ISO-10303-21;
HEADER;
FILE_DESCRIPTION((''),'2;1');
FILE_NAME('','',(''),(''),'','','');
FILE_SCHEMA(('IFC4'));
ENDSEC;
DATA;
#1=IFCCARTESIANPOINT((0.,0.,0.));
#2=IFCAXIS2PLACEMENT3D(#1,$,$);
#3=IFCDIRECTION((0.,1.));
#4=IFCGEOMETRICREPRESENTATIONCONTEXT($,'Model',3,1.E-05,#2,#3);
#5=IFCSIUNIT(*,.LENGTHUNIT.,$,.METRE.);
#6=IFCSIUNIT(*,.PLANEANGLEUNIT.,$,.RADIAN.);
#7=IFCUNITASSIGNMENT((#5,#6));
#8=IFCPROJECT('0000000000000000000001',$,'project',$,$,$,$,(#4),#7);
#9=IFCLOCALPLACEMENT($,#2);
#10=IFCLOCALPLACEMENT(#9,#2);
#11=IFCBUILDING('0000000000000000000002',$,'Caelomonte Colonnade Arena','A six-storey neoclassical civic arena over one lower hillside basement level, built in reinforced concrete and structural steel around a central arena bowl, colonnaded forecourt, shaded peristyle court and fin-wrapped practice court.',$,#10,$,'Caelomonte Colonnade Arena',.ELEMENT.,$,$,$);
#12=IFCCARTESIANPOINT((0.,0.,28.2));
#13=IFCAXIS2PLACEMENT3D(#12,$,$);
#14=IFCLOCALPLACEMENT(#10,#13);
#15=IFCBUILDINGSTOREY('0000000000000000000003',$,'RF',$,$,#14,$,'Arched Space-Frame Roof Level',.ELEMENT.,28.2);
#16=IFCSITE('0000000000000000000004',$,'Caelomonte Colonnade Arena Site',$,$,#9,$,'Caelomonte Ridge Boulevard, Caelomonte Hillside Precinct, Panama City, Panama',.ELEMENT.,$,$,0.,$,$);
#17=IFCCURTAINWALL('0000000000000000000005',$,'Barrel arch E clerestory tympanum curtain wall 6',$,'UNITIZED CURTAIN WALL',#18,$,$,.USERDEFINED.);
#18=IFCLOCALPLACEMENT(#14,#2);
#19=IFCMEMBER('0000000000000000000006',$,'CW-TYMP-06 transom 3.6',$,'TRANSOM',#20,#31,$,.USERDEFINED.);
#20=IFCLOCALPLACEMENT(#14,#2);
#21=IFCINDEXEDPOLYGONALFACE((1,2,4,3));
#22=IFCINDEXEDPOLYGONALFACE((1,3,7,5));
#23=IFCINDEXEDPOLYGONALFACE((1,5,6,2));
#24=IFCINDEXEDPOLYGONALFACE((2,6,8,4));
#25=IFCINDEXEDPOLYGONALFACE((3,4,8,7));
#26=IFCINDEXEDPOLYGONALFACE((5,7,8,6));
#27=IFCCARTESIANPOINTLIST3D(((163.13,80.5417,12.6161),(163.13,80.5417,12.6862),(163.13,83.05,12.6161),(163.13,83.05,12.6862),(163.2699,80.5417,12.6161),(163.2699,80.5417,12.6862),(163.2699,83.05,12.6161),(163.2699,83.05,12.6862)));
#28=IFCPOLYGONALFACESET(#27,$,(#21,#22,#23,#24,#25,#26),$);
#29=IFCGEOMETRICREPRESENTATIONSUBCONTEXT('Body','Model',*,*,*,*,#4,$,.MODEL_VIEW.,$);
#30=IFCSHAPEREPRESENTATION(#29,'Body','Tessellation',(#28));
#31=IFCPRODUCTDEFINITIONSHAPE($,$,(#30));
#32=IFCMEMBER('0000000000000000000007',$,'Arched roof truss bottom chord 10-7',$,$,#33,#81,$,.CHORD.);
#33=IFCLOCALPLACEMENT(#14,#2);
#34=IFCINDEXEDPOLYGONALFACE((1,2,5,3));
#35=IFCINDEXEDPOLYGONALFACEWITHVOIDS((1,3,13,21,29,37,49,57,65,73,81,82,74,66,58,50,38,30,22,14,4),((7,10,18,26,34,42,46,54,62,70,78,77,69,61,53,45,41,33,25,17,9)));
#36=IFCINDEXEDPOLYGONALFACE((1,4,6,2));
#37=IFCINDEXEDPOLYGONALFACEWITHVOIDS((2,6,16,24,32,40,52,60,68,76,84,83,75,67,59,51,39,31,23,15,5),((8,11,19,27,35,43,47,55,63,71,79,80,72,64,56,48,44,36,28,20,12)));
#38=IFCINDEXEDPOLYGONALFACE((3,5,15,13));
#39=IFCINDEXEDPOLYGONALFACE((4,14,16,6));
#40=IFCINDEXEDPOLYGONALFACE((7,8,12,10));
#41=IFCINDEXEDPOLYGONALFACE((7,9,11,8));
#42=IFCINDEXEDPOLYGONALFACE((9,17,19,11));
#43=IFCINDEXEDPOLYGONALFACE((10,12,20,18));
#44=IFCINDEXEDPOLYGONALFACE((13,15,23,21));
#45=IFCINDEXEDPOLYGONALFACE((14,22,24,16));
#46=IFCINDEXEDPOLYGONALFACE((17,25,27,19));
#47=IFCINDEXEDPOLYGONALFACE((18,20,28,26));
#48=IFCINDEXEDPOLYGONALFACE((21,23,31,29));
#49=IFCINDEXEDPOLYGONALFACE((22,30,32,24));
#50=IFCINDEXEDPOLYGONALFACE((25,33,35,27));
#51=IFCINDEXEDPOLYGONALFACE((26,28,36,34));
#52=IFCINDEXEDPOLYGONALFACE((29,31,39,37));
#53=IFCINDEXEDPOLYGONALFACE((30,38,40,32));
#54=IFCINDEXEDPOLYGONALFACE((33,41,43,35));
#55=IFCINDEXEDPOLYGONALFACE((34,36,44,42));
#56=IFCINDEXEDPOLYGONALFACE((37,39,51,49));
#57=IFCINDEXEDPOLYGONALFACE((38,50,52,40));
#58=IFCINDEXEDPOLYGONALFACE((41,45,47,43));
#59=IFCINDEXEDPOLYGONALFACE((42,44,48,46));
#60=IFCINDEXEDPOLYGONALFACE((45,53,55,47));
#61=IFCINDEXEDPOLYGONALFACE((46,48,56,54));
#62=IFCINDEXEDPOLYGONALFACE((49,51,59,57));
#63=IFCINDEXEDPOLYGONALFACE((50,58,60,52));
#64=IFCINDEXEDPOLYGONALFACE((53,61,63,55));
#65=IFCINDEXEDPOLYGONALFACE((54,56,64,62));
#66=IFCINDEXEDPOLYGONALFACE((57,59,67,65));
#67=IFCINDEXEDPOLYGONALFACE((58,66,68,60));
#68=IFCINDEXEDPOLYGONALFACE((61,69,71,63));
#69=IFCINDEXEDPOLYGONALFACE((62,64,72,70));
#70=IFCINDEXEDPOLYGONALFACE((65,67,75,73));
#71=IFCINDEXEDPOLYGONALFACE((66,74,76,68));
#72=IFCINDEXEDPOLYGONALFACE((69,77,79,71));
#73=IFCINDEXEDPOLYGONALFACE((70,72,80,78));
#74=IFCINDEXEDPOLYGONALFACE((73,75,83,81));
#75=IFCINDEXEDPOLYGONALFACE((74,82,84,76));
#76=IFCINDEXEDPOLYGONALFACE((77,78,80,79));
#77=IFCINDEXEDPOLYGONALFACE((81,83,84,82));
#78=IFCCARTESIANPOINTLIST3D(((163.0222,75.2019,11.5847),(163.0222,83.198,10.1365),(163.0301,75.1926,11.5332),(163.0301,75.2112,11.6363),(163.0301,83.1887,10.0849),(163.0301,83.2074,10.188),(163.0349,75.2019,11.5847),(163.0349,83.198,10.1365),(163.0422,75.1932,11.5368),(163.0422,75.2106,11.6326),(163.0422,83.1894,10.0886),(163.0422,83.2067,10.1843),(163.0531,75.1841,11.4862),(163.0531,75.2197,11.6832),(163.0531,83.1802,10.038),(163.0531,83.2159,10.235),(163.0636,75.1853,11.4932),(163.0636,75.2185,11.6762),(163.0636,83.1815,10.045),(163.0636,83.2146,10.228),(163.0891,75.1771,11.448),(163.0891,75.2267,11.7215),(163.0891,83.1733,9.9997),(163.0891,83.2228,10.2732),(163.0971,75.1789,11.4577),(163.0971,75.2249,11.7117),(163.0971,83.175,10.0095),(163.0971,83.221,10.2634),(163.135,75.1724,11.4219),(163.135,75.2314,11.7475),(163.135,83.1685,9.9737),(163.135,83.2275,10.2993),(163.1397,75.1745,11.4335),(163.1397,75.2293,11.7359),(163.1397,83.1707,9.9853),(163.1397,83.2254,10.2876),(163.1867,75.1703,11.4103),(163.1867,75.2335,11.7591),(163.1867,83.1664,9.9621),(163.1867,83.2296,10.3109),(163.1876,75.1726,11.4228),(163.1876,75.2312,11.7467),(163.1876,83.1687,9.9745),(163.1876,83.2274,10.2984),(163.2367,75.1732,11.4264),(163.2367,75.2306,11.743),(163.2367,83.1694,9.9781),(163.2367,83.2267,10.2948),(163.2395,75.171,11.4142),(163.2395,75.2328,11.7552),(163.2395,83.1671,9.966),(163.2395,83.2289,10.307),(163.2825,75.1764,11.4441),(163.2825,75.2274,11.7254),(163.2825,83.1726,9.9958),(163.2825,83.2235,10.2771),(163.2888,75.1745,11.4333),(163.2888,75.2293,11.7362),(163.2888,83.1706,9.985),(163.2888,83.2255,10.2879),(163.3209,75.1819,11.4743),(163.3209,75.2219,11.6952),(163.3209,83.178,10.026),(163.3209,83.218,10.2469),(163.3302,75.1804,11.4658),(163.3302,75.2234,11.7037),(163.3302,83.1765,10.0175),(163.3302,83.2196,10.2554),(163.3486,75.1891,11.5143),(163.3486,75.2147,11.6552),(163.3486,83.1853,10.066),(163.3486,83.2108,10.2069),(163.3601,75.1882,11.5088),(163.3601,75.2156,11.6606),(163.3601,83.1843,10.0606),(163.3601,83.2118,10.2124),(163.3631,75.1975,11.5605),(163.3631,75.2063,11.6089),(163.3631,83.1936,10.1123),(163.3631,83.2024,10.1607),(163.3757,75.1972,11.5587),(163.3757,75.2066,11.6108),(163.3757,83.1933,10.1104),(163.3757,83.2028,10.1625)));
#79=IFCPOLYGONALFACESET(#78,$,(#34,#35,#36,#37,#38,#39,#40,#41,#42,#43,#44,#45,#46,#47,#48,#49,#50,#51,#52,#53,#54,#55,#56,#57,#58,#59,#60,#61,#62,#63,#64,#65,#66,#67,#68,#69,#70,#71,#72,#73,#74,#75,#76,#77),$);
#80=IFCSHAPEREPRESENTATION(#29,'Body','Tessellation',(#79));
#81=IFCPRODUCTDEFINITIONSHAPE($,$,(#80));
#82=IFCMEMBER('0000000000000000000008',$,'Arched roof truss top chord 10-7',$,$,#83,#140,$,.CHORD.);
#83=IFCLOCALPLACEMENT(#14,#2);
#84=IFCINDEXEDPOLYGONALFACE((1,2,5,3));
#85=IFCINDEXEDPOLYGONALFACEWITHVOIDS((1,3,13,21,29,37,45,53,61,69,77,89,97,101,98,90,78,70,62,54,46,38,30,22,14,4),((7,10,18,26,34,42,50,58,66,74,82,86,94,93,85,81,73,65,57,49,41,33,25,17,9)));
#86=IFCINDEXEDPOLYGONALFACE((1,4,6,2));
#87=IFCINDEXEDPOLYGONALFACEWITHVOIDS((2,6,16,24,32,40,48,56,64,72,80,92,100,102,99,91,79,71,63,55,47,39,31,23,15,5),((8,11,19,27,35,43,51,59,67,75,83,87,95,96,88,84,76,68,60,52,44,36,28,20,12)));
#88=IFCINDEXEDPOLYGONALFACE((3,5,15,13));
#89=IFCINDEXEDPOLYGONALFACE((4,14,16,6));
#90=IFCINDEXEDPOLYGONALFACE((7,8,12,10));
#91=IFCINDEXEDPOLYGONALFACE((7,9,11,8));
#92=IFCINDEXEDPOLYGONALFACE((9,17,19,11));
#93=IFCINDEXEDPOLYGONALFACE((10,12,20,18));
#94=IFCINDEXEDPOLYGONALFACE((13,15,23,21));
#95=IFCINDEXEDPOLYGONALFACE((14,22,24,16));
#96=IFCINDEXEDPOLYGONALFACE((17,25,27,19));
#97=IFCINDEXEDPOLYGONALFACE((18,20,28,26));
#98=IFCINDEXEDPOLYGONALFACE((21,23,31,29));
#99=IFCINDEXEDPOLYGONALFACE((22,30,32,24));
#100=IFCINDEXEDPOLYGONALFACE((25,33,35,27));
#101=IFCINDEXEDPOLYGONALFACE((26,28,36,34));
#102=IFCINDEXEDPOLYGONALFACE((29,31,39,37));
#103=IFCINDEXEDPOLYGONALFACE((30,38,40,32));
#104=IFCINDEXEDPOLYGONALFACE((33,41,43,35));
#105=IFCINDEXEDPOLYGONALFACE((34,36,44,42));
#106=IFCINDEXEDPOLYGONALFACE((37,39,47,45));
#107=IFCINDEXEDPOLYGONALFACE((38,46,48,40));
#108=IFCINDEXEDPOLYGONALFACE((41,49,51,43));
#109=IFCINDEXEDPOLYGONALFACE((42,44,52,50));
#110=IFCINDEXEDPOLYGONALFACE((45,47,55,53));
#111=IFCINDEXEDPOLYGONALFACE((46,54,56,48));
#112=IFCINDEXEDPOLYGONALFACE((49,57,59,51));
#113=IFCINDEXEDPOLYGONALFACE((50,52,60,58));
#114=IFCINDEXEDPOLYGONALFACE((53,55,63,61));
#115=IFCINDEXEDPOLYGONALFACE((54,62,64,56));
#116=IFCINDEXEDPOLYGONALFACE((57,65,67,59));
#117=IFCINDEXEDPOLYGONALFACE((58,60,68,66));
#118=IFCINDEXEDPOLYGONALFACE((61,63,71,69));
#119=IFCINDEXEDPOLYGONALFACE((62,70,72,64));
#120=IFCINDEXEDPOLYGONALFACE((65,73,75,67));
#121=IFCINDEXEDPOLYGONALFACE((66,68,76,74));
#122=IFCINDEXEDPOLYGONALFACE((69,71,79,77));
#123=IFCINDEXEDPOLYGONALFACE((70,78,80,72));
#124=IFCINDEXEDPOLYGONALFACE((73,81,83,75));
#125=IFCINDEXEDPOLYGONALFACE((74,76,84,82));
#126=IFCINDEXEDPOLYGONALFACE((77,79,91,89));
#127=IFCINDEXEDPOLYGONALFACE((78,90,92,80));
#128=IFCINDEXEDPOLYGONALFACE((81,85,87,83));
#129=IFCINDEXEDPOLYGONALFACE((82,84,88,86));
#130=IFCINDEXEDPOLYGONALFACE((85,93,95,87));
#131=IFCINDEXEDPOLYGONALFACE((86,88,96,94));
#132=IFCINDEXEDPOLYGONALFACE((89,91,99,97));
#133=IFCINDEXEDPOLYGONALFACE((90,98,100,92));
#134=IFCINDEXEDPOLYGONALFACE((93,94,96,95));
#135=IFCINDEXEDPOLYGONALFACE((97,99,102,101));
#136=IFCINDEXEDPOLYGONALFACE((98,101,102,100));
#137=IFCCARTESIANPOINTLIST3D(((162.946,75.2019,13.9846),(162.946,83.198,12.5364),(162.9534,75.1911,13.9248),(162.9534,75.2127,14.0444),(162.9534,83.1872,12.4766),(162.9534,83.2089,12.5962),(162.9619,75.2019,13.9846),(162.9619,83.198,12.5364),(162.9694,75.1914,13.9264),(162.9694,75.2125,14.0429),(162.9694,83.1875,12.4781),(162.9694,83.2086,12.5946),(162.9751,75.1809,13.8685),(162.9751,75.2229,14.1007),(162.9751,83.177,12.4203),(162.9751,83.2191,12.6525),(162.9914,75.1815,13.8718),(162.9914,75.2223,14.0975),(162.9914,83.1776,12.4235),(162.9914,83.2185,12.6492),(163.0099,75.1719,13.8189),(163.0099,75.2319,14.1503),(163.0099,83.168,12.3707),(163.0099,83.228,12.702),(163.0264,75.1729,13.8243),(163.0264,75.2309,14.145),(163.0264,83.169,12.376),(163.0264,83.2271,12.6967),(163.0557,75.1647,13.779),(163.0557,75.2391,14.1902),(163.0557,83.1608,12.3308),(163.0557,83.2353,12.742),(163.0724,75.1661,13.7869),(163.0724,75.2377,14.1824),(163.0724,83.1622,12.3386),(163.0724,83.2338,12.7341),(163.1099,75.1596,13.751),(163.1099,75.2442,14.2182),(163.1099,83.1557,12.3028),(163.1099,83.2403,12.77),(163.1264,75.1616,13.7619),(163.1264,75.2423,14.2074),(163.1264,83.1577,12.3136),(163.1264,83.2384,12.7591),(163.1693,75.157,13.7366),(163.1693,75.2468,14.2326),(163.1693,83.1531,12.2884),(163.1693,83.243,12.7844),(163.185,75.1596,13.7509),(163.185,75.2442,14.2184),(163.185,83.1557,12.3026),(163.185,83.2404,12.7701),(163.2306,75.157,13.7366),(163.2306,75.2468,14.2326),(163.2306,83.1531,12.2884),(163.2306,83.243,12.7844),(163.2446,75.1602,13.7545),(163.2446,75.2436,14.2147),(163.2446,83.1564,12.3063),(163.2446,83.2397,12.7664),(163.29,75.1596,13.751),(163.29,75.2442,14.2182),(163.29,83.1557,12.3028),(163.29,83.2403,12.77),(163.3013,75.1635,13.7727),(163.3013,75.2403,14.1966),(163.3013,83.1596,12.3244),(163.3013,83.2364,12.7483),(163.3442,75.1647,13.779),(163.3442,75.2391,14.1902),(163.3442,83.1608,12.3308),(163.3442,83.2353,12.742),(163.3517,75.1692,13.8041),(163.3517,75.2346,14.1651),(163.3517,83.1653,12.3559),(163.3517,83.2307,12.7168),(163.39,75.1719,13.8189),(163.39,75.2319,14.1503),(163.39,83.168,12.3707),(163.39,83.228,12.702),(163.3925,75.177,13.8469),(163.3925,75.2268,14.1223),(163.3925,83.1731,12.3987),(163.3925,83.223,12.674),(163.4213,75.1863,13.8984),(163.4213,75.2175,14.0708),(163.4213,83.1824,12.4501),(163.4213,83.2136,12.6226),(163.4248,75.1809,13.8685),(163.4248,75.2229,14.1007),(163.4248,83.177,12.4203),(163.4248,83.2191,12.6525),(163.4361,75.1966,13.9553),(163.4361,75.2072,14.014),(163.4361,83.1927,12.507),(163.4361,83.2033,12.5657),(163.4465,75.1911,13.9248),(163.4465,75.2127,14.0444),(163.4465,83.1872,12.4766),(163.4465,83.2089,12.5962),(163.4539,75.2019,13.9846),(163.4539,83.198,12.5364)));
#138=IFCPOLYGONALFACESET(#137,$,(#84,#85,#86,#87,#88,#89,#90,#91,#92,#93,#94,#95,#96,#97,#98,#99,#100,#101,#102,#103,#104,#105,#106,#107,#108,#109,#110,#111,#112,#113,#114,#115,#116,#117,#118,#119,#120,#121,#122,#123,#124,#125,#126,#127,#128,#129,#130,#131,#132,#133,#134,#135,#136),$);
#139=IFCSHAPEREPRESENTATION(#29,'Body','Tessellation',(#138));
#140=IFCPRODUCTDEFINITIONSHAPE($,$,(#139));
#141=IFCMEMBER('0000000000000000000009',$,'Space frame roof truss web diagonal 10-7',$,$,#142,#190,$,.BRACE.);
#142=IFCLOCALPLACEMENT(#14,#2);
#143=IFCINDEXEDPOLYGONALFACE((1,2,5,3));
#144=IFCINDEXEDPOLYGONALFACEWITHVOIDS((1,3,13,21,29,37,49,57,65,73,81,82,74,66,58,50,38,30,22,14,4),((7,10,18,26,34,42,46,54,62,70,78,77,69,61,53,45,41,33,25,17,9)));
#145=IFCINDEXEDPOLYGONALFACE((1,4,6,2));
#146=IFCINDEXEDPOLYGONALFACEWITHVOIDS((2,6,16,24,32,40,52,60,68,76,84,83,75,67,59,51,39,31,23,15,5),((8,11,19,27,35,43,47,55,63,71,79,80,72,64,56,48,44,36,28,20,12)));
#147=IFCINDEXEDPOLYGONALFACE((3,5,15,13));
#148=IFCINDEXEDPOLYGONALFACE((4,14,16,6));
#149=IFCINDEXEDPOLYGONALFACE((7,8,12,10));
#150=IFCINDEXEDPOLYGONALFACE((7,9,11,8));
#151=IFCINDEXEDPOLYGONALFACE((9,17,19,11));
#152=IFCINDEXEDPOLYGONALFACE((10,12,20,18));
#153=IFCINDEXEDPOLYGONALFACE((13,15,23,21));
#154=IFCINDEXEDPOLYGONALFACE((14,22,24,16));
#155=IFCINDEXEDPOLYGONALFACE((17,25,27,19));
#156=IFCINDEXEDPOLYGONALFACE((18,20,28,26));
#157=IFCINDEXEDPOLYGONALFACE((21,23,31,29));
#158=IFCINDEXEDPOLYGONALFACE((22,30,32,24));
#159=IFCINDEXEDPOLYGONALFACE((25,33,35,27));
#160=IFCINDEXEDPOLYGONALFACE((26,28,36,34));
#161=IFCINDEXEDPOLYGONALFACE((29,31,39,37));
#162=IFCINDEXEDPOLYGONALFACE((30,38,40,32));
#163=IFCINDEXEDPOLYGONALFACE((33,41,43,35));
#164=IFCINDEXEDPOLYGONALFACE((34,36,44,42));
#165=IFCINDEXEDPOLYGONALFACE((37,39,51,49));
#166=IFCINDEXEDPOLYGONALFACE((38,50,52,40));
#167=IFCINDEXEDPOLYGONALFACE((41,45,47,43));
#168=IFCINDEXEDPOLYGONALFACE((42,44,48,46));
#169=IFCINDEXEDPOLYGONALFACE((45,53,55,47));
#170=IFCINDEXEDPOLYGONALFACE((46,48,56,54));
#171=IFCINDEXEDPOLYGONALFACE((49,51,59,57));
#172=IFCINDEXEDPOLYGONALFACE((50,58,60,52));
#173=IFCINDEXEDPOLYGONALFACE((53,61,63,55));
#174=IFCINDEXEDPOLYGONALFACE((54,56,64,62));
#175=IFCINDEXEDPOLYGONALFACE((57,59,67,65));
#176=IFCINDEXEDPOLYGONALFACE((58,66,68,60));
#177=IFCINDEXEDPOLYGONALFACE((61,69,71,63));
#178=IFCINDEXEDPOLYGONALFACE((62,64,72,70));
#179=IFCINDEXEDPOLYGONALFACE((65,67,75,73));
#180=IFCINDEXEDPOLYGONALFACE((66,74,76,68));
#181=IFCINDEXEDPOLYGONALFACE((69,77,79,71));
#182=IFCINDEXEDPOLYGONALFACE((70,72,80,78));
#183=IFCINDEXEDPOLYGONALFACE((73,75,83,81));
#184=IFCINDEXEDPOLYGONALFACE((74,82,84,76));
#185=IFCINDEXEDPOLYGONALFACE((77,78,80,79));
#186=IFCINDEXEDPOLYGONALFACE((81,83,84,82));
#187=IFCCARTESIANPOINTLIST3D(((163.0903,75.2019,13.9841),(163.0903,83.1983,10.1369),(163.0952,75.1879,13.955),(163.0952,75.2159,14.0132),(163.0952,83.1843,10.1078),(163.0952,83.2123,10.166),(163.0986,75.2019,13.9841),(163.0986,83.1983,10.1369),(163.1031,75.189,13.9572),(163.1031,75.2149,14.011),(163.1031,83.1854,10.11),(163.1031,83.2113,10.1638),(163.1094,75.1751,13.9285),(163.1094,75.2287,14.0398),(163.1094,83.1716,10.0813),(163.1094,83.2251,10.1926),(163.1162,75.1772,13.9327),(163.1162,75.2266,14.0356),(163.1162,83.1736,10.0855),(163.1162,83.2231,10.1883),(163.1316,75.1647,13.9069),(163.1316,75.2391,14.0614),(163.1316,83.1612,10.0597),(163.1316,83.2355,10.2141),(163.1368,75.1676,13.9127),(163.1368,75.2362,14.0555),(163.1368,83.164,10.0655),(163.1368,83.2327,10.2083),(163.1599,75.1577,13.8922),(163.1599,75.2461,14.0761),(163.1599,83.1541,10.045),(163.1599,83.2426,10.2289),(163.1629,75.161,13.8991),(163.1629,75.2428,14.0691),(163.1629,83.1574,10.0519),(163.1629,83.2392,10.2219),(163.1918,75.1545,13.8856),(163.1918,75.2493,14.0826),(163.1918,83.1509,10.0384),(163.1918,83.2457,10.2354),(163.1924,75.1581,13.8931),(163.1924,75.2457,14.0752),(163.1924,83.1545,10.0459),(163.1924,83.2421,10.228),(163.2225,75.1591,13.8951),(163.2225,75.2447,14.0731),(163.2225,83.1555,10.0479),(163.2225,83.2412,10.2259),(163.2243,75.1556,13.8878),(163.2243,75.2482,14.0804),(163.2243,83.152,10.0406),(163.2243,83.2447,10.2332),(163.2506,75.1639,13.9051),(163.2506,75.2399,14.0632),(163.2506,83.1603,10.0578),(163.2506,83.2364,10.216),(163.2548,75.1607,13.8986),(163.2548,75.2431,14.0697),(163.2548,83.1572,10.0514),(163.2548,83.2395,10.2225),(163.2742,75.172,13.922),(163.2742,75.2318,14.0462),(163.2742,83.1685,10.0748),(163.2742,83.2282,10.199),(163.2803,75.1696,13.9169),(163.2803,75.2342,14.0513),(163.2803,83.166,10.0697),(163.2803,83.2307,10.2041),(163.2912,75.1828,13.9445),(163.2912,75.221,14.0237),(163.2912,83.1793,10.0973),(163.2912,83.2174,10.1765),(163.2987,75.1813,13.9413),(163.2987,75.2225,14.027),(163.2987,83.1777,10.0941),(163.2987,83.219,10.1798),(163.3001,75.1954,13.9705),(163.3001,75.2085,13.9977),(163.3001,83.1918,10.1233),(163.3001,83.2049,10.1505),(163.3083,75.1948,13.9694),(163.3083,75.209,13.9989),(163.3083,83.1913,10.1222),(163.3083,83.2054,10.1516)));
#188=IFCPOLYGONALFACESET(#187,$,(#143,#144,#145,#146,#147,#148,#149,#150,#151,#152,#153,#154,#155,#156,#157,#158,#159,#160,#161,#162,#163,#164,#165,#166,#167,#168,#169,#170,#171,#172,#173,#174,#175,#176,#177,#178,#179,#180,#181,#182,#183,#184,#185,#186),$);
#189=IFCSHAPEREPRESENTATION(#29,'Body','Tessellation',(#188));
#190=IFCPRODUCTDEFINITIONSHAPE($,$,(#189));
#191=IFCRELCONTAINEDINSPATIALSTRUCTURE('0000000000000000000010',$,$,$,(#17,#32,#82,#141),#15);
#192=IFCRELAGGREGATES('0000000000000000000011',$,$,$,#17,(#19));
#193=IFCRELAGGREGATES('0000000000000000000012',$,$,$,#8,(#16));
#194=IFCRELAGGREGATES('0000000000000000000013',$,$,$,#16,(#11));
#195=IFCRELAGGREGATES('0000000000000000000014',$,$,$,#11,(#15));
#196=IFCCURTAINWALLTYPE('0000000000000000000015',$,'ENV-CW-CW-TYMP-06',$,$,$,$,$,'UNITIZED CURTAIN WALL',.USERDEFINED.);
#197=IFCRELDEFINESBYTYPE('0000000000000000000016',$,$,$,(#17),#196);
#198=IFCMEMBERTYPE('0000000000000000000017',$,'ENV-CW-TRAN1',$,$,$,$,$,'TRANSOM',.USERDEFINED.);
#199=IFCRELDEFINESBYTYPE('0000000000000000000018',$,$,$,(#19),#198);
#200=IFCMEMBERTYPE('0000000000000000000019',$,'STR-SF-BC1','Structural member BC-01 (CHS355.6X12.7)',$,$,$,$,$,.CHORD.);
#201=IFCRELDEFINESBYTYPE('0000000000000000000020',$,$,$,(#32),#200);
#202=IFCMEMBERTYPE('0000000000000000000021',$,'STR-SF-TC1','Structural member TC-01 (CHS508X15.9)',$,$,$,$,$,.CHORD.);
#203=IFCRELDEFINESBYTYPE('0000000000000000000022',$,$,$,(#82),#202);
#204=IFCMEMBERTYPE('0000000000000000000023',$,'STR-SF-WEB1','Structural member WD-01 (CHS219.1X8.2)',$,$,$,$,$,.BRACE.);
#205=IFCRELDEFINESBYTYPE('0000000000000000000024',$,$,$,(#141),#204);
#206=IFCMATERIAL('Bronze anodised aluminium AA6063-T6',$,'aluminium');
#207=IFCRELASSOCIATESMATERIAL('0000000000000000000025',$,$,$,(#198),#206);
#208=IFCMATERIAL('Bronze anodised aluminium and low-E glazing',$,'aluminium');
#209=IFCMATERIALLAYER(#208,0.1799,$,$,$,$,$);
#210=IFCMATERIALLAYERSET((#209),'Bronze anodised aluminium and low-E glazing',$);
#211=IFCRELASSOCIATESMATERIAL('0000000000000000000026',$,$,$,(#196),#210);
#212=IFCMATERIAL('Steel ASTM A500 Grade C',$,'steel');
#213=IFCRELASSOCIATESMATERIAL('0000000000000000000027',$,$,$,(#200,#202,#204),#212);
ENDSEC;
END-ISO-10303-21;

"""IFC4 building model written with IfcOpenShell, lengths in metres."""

from ifc_helpers import new_model, si_unit, direction, frame, origin, origin_2d, place, context, subcontext, project, spatial, rectangle, hollow_circle, extrude, material, layer, layer_set, material_profile, profile_set, type_object, element, aggregate, save


model = new_model("IFC4")

# Units and contexts
model_context = context("Model", 3, precision=1e-05, world=origin(), true_north=direction((0.0, 1.0)))
body_context = subcontext(model_context, "Body", "Model", "MODEL_VIEW")
ifc_project = project(units=[si_unit("LENGTHUNIT", "METRE"), si_unit("PLANEANGLEUNIT", "RADIAN")], contexts=[model_context])

# Site, building, storey
site_placement = place(None, origin())
site = spatial("IfcSite", under=ifc_project, at=site_placement, Name="Caelomonte Colonnade Arena Site", LongName="Caelomonte Ridge Boulevard, Caelomonte Hillside Precinct, Panama City, Panama", CompositionType="ELEMENT", RefElevation=0.0)
building_placement = place(site_placement, origin())
building = spatial("IfcBuilding", under=site, at=building_placement, Name="Caelomonte Colonnade Arena", Description="A six-storey neoclassical civic arena over one lower hillside basement level, built in reinforced concrete and structural steel around a central arena bowl, colonnaded forecourt, shaded peristyle court and fin-wrapped practice court.", LongName="Caelomonte Colonnade Arena", CompositionType="ELEMENT")
storey_placement = place(building_placement, frame((0.0, 0.0, 28.2)))
storey = spatial("IfcBuildingStorey", under=building, at=storey_placement, Name="RF", LongName="Arched Space-Frame Roof Level", CompositionType="ELEMENT", Elevation=28.2)

# Curtain wall, member
ifc_material_1 = material(Name="Bronze anodised aluminium and low-E glazing", Category="aluminium")
ifc_material_2 = material(Name="Bronze anodised aluminium AA6063-T6", Category="aluminium")
ifc_material_profile_1 = material_profile(ifc_material_2, rectangle(XDim=0.0701, YDim=0.1399, at=origin_2d()), Name="CWT-70X140")
ifc_profile_set_1 = profile_set([ifc_material_profile_1], Name="Bronze anodised aluminium AA6063-T6")
member_type_1 = type_object("IfcMemberType", Name="ENV-CW-TRAN1", ElementType="TRANSOM", PredefinedType="USERDEFINED", material=ifc_profile_set_1)
ifc_layer_1 = layer(ifc_material_1, 0.1799)
ifc_layer_set_1 = layer_set([ifc_layer_1], Name="Bronze anodised aluminium and low-E glazing")
curtain_wall_type_1 = type_object("IfcCurtainWallType", Name="ENV-CW-CW-TYMP-06", ElementType="UNITIZED CURTAIN WALL", PredefinedType="USERDEFINED", material=ifc_layer_set_1)
curtain_wall_1_placement = place(storey_placement, origin())
curtain_wall_1 = element("IfcCurtainWall", 1, at=curtain_wall_1_placement, inside=storey, type_object=curtain_wall_type_1, Name="Barrel arch E clerestory tympanum curtain wall 6", ObjectType="UNITIZED CURTAIN WALL", PredefinedType="USERDEFINED")
member_1_placement = place(storey_placement, frame((163.2, 80.5417, 12.6511), z_axis=(0.0, 1.0, 0.0), x_axis=(0.0, 0.0, 1.0)))
member_1 = element("IfcMember", 2, at=member_1_placement, type_object=member_type_1, Name="CW-TYMP-06 transom 3.6", ObjectType="TRANSOM", PredefinedType="USERDEFINED", context=body_context, shape_type="SweptSolid", body=[
    extrude(rectangle(XDim=0.0701, YDim=0.1399, at=origin_2d()), origin(), (0.0, 0.0, 1.0), 2.5083),
])

# Members
ifc_material_3 = material(Name="Steel ASTM A500 Grade C", Category="steel")
ifc_material_profile_2 = material_profile(ifc_material_3, hollow_circle(Radius=0.1777, WallThickness=0.0127, at=origin_2d()), Name="CHS355.6X12.7")
ifc_profile_set_2 = profile_set([ifc_material_profile_2], Name="Steel ASTM A500 Grade C")
member_type_2 = type_object("IfcMemberType", Name="STR-SF-BC1", Description="Structural member BC-01 (CHS355.6X12.7)", PredefinedType="CHORD", material=ifc_profile_set_2)
member_2_placement = place(storey_placement, frame((163.2, 75.2019, 11.5847), z_axis=(0.0, 0.983991, -0.178219), x_axis=(-1.0, 0.0, 0.0)))
element("IfcMember", 3, at=member_2_placement, inside=storey, type_object=member_type_2, Name="Arched roof truss bottom chord 10-7", PredefinedType="CHORD", context=body_context, shape_type="SweptSolid", body=[
    extrude(hollow_circle(Radius=0.1777, WallThickness=0.0127, at=origin_2d()), origin(), (0.0, 0.0, 1.0), 8.1262),
])
ifc_material_profile_3 = material_profile(ifc_material_3, hollow_circle(Radius=0.2539, WallThickness=0.0159, at=origin_2d()), Name="CHS508X15.9")
ifc_profile_set_3 = profile_set([ifc_material_profile_3], Name="Steel ASTM A500 Grade C")
member_type_3 = type_object("IfcMemberType", Name="STR-SF-TC1", Description="Structural member TC-01 (CHS508X15.9)", PredefinedType="CHORD", material=ifc_profile_set_3)
member_3_placement = place(storey_placement, frame((163.2, 75.2019, 13.9846), z_axis=(0.0, 0.983991, -0.178219), x_axis=(-1.0, 0.0, 0.0)))
element("IfcMember", 4, at=member_3_placement, inside=storey, type_object=member_type_3, Name="Arched roof truss top chord 10-7", PredefinedType="CHORD", context=body_context, shape_type="SweptSolid", body=[
    extrude(hollow_circle(Radius=0.2539, WallThickness=0.0159, at=origin_2d()), origin(), (0.0, 0.0, 1.0), 8.1262),
])
ifc_material_profile_4 = material_profile(ifc_material_3, hollow_circle(Radius=0.1096, WallThickness=0.0083, at=origin_2d()), Name="CHS219.1X8.2")
ifc_profile_set_4 = profile_set([ifc_material_profile_4], Name="Steel ASTM A500 Grade C")
member_type_4 = type_object("IfcMemberType", Name="STR-SF-WEB1", Description="Structural member WD-01 (CHS219.1X8.2)", PredefinedType="BRACE", material=ifc_profile_set_4)
member_4_placement = place(storey_placement, frame((163.2, 75.2019, 13.9841), z_axis=(0.0, 0.90113, -0.433548), x_axis=(-1.0, 0.0, 0.0)))
element("IfcMember", 5, at=member_4_placement, inside=storey, type_object=member_type_4, Name="Space frame roof truss web diagonal 10-7", PredefinedType="BRACE", context=body_context, shape_type="SweptSolid", body=[
    extrude(hollow_circle(Radius=0.1096, WallThickness=0.0083, at=origin_2d()), origin(), (0.0, 0.0, 1.0), 8.8738),
])

aggregate(curtain_wall_1, [member_1])

save(model, "model.ifc")
